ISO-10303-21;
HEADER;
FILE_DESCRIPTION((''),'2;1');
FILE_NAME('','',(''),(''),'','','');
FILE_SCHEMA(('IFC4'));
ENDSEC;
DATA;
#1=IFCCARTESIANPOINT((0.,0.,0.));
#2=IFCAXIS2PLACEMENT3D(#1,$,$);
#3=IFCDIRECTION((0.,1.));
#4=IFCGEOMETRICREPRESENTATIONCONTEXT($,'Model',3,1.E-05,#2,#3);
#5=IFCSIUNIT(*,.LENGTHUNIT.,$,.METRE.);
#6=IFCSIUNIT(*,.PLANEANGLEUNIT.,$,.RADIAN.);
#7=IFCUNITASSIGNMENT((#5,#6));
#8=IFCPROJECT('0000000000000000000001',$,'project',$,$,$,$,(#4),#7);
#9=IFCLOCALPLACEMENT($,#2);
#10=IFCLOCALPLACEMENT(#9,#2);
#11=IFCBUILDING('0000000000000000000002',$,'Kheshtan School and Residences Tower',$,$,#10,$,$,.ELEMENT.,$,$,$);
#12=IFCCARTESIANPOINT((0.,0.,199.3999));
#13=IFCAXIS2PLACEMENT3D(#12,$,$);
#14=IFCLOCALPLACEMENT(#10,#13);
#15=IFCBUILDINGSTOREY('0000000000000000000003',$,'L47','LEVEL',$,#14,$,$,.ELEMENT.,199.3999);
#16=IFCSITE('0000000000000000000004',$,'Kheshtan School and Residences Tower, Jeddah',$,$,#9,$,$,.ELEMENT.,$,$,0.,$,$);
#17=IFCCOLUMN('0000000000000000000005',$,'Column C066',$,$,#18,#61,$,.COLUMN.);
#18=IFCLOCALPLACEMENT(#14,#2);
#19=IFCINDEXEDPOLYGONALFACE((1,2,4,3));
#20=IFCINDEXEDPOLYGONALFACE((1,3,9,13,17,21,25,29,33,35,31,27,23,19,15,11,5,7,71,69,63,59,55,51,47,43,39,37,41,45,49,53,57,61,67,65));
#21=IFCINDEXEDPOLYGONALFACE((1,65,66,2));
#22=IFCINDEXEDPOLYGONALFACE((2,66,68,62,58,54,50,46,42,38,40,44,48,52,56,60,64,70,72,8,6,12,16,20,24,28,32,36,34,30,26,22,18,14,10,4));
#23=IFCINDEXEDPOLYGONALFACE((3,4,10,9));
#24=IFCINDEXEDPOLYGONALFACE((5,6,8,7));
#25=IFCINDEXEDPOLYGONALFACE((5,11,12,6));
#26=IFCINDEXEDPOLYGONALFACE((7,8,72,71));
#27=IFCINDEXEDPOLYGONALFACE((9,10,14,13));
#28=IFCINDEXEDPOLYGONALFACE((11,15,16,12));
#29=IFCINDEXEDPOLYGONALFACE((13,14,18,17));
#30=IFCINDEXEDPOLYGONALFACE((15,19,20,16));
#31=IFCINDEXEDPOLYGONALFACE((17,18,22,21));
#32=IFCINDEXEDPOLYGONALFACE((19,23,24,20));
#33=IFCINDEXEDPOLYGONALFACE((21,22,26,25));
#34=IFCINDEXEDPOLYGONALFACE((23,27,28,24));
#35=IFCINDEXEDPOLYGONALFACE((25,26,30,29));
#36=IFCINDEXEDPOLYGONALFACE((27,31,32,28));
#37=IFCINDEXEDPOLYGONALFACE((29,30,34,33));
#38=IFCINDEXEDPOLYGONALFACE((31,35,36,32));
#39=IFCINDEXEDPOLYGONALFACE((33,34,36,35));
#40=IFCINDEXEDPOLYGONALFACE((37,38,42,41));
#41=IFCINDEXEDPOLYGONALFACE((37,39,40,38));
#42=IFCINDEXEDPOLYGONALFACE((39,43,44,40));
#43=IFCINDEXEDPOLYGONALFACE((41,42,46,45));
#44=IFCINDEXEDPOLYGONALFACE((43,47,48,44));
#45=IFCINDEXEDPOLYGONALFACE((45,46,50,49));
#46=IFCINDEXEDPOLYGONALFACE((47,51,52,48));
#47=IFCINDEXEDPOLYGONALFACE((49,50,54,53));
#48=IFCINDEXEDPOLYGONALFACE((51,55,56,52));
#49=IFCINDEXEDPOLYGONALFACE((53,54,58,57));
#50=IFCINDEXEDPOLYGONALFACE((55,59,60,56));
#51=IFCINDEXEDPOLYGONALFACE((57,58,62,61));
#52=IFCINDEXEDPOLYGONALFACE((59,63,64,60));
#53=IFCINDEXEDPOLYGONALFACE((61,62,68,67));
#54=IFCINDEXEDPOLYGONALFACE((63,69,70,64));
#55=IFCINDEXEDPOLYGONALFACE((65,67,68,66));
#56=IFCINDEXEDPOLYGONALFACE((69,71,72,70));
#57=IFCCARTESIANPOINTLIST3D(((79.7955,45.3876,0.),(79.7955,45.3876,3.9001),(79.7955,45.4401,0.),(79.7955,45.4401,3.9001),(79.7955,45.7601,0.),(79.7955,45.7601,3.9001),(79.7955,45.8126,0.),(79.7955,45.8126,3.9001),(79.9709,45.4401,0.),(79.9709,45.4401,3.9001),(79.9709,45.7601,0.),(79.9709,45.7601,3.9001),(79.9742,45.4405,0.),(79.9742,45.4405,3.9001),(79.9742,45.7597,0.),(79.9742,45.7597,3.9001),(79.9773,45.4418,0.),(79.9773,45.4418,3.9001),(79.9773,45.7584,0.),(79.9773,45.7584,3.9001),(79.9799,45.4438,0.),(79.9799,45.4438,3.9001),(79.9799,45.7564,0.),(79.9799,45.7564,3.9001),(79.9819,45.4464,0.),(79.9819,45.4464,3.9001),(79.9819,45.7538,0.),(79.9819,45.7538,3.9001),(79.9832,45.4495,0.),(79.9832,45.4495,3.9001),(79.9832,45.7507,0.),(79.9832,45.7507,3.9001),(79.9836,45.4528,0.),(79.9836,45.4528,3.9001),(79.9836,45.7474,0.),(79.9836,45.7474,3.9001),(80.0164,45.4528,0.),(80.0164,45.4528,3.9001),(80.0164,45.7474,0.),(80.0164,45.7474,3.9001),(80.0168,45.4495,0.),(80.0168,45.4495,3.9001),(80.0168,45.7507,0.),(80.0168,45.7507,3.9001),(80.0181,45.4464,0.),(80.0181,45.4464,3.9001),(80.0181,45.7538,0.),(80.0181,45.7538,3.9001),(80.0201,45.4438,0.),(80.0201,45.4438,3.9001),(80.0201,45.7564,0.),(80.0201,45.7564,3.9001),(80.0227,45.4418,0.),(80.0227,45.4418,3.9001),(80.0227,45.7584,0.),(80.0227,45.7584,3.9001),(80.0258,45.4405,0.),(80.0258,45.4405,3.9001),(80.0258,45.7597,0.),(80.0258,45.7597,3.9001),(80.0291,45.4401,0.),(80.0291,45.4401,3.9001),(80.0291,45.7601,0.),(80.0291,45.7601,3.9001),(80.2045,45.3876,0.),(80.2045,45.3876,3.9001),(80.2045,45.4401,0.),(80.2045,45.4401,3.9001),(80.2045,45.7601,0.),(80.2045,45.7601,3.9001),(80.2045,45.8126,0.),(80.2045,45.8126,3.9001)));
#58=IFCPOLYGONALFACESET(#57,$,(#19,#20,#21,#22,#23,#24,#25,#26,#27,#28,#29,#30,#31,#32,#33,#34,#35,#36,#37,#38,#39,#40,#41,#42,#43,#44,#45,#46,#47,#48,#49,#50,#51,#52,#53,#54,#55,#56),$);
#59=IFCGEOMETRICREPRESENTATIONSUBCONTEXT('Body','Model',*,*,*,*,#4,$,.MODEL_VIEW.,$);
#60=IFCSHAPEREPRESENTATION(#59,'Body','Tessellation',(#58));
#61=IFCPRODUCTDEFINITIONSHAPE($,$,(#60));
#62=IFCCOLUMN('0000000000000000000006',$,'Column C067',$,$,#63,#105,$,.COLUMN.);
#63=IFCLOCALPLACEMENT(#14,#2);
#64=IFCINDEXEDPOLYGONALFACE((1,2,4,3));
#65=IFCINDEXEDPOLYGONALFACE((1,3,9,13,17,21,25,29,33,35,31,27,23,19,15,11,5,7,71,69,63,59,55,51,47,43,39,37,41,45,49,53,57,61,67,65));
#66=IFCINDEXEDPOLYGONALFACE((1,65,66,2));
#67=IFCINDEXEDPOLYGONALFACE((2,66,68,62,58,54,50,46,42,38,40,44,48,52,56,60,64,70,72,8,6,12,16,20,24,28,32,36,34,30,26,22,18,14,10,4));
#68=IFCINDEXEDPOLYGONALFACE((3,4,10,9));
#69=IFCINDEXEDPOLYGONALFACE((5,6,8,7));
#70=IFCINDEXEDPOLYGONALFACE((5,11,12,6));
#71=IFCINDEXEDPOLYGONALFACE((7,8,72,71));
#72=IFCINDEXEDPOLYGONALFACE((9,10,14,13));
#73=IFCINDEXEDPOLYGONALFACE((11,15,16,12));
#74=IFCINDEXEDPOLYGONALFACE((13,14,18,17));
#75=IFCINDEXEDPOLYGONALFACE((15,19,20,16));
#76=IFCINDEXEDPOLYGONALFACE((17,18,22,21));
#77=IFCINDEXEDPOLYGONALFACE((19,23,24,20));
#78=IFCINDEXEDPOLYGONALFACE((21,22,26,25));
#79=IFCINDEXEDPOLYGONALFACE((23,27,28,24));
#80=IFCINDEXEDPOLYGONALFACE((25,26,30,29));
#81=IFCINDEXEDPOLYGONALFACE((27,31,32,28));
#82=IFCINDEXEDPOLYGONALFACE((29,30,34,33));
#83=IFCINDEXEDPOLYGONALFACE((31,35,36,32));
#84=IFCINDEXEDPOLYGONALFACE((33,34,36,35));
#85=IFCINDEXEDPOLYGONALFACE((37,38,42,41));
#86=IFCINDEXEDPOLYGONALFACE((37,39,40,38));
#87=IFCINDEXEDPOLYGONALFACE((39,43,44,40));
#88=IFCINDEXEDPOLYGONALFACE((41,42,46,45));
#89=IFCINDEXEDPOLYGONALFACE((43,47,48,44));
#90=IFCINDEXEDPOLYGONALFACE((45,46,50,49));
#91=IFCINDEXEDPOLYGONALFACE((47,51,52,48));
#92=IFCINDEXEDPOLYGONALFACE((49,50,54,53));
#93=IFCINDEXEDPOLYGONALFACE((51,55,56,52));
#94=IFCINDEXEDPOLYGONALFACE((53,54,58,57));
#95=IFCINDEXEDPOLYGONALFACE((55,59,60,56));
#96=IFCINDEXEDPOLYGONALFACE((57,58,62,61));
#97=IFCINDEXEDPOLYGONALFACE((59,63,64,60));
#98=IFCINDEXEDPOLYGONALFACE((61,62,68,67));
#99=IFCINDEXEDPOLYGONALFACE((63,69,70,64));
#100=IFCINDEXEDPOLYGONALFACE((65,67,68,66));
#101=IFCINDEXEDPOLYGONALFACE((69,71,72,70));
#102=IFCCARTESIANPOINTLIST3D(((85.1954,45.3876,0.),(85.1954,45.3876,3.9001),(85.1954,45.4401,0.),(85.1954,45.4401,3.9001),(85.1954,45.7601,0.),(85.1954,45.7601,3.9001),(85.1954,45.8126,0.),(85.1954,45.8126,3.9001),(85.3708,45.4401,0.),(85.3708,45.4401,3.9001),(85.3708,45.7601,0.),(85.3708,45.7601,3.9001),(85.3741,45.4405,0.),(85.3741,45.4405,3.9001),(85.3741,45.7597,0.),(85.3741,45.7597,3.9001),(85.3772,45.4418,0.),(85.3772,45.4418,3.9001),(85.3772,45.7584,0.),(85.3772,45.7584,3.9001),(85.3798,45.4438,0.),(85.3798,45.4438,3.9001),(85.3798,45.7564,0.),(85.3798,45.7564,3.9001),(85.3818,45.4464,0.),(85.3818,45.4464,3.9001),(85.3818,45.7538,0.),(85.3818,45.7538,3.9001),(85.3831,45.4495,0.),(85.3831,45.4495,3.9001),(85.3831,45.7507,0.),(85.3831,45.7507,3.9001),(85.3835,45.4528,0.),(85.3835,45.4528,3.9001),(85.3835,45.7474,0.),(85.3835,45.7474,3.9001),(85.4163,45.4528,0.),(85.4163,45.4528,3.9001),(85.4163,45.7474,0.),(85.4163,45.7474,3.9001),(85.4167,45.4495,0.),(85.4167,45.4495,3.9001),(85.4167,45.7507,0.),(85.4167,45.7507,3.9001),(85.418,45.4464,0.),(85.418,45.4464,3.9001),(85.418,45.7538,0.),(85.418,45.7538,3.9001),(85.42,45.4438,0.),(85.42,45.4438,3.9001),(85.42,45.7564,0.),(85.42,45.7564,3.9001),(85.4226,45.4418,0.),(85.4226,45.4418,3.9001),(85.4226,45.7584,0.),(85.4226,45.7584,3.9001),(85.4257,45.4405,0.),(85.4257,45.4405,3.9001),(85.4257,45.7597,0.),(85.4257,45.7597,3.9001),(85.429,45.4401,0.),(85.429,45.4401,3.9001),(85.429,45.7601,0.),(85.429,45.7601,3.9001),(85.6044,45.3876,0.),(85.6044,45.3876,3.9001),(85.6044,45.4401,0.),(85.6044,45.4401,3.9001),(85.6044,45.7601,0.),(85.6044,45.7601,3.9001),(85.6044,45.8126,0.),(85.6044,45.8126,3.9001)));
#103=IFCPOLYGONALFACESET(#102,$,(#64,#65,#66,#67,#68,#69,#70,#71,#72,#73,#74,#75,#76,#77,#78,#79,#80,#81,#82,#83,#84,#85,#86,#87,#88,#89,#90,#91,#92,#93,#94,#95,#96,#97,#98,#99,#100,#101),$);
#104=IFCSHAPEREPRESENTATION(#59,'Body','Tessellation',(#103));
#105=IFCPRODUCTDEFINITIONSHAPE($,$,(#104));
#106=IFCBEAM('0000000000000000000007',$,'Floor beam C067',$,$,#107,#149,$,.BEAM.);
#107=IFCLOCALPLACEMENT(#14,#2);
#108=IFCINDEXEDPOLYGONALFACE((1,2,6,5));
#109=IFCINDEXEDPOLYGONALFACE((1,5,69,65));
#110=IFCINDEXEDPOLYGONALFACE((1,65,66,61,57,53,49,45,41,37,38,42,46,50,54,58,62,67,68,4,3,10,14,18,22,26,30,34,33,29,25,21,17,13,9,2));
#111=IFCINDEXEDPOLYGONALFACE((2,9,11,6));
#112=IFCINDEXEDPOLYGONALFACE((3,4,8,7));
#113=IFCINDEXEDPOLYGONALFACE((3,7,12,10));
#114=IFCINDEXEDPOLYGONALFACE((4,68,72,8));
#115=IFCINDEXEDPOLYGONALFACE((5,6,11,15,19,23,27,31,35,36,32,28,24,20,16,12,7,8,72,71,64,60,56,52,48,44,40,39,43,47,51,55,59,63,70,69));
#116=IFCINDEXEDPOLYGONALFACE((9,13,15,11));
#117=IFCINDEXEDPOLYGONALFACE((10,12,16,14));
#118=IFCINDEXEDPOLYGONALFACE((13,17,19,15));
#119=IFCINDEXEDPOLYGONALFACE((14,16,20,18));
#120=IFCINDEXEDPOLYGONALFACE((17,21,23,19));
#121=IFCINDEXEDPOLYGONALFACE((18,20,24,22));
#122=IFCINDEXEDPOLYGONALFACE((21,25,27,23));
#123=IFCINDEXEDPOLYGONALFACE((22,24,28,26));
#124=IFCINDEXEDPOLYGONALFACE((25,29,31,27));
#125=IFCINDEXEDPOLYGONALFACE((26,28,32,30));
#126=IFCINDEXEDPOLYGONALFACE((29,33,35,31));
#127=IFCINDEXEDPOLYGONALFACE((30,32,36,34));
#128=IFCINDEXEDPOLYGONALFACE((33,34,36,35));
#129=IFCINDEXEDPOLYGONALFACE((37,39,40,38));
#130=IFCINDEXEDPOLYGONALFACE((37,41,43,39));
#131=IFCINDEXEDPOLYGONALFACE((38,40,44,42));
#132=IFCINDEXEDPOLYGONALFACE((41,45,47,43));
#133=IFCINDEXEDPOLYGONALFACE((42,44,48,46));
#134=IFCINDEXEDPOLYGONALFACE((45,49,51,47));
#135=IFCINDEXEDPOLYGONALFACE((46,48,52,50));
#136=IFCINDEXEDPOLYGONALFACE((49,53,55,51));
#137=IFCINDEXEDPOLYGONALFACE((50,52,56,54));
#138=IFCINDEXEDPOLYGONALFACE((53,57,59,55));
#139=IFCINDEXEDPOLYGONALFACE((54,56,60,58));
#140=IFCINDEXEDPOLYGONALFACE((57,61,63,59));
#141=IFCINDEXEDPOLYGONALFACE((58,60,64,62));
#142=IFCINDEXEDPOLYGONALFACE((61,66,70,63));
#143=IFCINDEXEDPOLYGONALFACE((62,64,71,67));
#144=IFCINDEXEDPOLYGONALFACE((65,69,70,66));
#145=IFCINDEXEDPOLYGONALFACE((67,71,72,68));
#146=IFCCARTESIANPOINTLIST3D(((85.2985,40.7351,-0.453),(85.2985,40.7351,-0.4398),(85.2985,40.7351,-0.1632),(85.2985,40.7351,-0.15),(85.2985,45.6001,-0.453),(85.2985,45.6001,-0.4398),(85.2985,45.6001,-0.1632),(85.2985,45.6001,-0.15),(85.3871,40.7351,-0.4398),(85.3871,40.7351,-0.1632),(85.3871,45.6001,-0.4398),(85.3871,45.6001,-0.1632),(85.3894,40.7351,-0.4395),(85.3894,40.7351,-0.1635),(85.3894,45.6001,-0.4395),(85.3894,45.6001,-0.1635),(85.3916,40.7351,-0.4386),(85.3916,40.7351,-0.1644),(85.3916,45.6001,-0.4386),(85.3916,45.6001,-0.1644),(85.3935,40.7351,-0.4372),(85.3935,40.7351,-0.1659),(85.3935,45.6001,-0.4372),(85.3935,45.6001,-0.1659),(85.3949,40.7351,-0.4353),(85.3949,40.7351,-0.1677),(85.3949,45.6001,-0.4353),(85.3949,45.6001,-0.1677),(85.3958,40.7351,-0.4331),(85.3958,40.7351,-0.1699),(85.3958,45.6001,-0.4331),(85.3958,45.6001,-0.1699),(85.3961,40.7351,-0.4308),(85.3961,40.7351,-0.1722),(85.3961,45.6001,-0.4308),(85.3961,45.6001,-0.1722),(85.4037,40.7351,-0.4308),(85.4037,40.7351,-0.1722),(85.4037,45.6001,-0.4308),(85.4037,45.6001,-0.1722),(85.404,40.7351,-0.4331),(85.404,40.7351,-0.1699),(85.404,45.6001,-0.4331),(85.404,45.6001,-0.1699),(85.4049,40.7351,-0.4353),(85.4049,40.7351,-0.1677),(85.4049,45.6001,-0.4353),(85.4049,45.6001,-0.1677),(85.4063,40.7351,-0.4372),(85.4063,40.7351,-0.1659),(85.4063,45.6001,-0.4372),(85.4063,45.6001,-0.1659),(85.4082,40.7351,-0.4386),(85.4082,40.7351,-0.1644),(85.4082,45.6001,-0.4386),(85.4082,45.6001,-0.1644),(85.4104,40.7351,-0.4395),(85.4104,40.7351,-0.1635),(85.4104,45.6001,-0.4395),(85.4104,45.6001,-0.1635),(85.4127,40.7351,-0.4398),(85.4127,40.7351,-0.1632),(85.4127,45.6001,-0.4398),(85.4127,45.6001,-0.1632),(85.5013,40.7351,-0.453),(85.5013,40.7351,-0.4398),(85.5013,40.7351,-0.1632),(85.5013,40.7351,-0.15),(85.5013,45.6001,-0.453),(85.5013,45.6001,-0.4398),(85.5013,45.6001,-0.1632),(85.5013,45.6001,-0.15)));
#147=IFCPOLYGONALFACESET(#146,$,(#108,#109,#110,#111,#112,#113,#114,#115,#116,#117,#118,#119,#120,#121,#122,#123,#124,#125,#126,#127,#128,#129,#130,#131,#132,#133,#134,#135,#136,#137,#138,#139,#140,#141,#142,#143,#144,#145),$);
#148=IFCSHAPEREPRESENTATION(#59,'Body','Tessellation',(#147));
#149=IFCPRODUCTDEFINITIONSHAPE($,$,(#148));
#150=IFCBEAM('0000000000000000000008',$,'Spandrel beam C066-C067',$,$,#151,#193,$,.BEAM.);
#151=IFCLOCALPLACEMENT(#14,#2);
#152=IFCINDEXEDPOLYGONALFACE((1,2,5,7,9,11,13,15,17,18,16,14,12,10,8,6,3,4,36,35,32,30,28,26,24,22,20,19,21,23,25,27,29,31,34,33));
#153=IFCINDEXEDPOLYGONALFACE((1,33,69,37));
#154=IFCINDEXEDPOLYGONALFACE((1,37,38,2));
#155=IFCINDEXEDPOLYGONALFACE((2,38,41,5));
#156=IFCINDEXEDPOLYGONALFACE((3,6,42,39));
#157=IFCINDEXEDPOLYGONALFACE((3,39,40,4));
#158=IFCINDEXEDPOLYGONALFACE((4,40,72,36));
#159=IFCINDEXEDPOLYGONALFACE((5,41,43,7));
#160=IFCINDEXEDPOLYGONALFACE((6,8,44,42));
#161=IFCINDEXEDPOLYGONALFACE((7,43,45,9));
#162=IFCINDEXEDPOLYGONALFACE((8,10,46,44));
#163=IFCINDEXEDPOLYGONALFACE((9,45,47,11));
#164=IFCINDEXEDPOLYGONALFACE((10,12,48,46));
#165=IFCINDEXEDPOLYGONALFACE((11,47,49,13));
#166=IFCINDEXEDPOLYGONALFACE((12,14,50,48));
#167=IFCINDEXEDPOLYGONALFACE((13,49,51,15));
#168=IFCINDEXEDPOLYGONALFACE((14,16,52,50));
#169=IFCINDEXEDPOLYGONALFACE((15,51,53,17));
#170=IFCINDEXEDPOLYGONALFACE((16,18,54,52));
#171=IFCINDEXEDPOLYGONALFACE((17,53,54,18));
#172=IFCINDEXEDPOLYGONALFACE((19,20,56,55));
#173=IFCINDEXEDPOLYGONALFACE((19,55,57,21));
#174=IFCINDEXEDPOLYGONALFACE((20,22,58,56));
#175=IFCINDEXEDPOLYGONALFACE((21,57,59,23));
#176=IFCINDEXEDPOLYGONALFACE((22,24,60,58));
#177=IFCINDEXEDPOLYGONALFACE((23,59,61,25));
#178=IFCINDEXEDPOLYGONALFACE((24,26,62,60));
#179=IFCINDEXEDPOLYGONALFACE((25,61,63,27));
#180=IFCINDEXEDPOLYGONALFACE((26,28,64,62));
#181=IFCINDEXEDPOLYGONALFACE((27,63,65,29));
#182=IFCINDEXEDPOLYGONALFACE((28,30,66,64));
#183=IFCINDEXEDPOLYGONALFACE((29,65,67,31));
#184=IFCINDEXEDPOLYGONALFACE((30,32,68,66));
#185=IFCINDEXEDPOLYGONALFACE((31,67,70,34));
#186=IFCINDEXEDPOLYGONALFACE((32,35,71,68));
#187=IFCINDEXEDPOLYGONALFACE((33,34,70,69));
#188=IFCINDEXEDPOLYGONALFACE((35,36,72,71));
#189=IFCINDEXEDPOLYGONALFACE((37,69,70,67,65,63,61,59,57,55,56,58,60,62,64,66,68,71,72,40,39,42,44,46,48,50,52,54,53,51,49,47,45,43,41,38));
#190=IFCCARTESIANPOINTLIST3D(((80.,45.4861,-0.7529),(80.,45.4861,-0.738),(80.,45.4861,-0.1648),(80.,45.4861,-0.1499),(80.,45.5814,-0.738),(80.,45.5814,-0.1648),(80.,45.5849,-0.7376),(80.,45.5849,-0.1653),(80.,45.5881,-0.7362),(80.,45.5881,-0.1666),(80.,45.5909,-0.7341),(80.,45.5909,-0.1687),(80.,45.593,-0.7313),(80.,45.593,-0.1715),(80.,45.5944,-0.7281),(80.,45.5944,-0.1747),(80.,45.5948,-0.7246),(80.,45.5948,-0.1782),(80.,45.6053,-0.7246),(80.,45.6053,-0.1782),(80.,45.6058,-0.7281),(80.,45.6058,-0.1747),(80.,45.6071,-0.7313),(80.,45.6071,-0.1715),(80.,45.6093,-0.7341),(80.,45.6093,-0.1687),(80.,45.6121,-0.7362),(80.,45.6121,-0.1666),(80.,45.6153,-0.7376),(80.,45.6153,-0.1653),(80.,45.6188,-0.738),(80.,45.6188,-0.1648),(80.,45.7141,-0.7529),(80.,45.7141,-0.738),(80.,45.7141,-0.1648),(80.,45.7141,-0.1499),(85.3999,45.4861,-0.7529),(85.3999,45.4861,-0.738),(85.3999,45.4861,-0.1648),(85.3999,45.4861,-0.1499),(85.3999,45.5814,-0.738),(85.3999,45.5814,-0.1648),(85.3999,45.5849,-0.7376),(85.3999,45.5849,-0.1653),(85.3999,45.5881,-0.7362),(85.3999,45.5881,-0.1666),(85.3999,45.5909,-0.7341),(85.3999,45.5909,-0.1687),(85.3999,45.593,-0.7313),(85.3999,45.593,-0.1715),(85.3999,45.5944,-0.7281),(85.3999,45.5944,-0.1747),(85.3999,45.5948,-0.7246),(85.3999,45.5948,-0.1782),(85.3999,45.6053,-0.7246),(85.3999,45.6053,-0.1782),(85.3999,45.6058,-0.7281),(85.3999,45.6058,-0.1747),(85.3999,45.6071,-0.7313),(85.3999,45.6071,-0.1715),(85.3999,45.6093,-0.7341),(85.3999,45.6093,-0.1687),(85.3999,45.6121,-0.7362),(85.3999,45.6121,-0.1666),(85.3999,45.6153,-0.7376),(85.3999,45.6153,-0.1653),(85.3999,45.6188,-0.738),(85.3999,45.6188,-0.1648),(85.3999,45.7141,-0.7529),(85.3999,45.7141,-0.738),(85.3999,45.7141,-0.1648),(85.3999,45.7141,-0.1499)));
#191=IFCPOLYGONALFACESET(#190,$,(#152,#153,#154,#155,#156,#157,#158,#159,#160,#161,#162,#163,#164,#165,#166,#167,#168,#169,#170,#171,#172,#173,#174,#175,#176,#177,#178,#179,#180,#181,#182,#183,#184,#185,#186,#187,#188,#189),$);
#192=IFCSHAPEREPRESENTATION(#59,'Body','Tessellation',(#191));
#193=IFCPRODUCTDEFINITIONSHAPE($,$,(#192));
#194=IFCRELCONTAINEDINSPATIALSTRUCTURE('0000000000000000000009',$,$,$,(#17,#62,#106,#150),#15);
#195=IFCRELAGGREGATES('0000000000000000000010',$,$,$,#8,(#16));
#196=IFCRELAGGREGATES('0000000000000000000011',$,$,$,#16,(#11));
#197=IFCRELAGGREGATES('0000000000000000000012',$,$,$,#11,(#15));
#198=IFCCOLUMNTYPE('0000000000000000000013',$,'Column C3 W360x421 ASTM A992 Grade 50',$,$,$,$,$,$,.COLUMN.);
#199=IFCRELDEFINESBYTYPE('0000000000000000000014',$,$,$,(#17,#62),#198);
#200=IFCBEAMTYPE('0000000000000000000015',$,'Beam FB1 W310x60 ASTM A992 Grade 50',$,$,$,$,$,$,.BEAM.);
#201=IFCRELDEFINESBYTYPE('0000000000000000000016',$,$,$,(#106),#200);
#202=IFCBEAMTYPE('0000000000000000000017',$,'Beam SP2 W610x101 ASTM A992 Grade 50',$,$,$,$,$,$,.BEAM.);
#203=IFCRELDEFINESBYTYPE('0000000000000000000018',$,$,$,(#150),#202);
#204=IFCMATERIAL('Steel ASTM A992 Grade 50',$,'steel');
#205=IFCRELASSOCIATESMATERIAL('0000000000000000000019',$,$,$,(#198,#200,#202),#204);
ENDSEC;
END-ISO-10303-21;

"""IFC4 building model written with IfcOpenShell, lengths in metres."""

from ifc_helpers import new_model, si_unit, direction, frame, origin, origin_2d, place, context, subcontext, project, spatial, i_section, extrude, material, material_profile, profile_set, type_object, element, save


model = new_model("IFC4")

# Units and contexts
model_context = context("Model", 3, precision=1e-05, world=origin(), true_north=direction((0.0, 1.0)))
body_context = subcontext(model_context, "Body", "Model", "MODEL_VIEW")
ifc_project = project(units=[si_unit("LENGTHUNIT", "METRE"), si_unit("PLANEANGLEUNIT", "RADIAN")], contexts=[model_context])

# Site, building, storey
site_placement = place(None, origin())
site = spatial("IfcSite", under=ifc_project, at=site_placement, Name="Kheshtan School and Residences Tower, Jeddah", CompositionType="ELEMENT", RefElevation=0.0)
building_placement = place(site_placement, origin())
building = spatial("IfcBuilding", under=site, at=building_placement, Name="Kheshtan School and Residences Tower", CompositionType="ELEMENT")
storey_placement = place(building_placement, frame((0.0, 0.0, 199.3999)))
storey = spatial("IfcBuildingStorey", under=building, at=storey_placement, Name="L47", Description="LEVEL", CompositionType="ELEMENT", Elevation=199.3999)

# Columns
ifc_material_1 = material(Name="Steel ASTM A992 Grade 50", Category="steel")
ifc_material_profile_1 = material_profile(ifc_material_1, i_section(OverallWidth=0.4089, OverallDepth=0.425, WebThickness=0.0327, FlangeThickness=0.0525, FilletRadius=0.0127, at=origin_2d()), Name="W360x421")
ifc_profile_set_1 = profile_set([ifc_material_profile_1], Name="Steel ASTM A992 Grade 50")
column_type = type_object("IfcColumnType", Name="Column C3 W360x421 ASTM A992 Grade 50", PredefinedType="COLUMN", material=ifc_profile_set_1)
for number, where, z_axis, x_axis, name in (
    (1, (80.0, 45.6001, 0.0), (0.0, 0.0, 1.0), (1.0, 0.0, 0.0), "Column C066"),
    (2, (85.3999, 45.6001, 0.0), (0.0, 0.0, 1.0), (1.0, 0.0, 0.0), "Column C067"),
):
    element("IfcColumn", number, at=place(storey_placement, frame(where, z_axis=z_axis, x_axis=x_axis)), inside=storey, type_object=column_type, Name=name, PredefinedType="COLUMN", context=body_context, shape_type="SweptSolid", body=[
        extrude(i_section(OverallWidth=0.4089, OverallDepth=0.425, WebThickness=0.0327, FlangeThickness=0.0525, FilletRadius=0.0127, at=origin_2d()), origin(), (0.0, 0.0, 1.0), 3.9001),
    ])

# Beams
ifc_material_profile_2 = material_profile(ifc_material_1, i_section(OverallWidth=0.2029, OverallDepth=0.303, WebThickness=0.0076, FlangeThickness=0.0132, FilletRadius=0.009, at=origin_2d()), Name="W310x60")
ifc_profile_set_2 = profile_set([ifc_material_profile_2], Name="Steel ASTM A992 Grade 50")
beam_type_1 = type_object("IfcBeamType", Name="Beam FB1 W310x60 ASTM A992 Grade 50", PredefinedType="BEAM", material=ifc_profile_set_2)
beam_1_placement = place(storey_placement, frame((85.3999, 45.6001, -0.3015), z_axis=(0.0, -1.0, 0.0), x_axis=(1.0, 0.0, 0.0)))
element("IfcBeam", 3, at=beam_1_placement, inside=storey, type_object=beam_type_1, Name="Floor beam C067", PredefinedType="BEAM", context=body_context, shape_type="SweptSolid", body=[
    extrude(i_section(OverallWidth=0.2029, OverallDepth=0.303, WebThickness=0.0076, FlangeThickness=0.0132, FilletRadius=0.009, at=origin_2d()), origin(), (0.0, 0.0, 1.0), 4.865),
])
ifc_material_profile_3 = material_profile(ifc_material_1, i_section(OverallWidth=0.228, OverallDepth=0.603, WebThickness=0.0105, FlangeThickness=0.0149, FilletRadius=0.0134, at=origin_2d()), Name="W610x101")
ifc_profile_set_3 = profile_set([ifc_material_profile_3], Name="Steel ASTM A992 Grade 50")
beam_type_2 = type_object("IfcBeamType", Name="Beam SP2 W610x101 ASTM A992 Grade 50", PredefinedType="BEAM", material=ifc_profile_set_3)
beam_2_placement = place(storey_placement, frame((80.0, 45.6001, -0.4514), z_axis=(1.0, 0.0, 0.0), x_axis=(0.0, 1.0, 0.0)))
element("IfcBeam", 4, at=beam_2_placement, inside=storey, type_object=beam_type_2, Name="Spandrel beam C066-C067", PredefinedType="BEAM", context=body_context, shape_type="SweptSolid", body=[
    extrude(i_section(OverallWidth=0.228, OverallDepth=0.603, WebThickness=0.0105, FlangeThickness=0.0149, FilletRadius=0.0134, at=origin_2d()), origin(), (0.0, 0.0, 1.0), 5.3999),
])

save(model, "model.ifc")
